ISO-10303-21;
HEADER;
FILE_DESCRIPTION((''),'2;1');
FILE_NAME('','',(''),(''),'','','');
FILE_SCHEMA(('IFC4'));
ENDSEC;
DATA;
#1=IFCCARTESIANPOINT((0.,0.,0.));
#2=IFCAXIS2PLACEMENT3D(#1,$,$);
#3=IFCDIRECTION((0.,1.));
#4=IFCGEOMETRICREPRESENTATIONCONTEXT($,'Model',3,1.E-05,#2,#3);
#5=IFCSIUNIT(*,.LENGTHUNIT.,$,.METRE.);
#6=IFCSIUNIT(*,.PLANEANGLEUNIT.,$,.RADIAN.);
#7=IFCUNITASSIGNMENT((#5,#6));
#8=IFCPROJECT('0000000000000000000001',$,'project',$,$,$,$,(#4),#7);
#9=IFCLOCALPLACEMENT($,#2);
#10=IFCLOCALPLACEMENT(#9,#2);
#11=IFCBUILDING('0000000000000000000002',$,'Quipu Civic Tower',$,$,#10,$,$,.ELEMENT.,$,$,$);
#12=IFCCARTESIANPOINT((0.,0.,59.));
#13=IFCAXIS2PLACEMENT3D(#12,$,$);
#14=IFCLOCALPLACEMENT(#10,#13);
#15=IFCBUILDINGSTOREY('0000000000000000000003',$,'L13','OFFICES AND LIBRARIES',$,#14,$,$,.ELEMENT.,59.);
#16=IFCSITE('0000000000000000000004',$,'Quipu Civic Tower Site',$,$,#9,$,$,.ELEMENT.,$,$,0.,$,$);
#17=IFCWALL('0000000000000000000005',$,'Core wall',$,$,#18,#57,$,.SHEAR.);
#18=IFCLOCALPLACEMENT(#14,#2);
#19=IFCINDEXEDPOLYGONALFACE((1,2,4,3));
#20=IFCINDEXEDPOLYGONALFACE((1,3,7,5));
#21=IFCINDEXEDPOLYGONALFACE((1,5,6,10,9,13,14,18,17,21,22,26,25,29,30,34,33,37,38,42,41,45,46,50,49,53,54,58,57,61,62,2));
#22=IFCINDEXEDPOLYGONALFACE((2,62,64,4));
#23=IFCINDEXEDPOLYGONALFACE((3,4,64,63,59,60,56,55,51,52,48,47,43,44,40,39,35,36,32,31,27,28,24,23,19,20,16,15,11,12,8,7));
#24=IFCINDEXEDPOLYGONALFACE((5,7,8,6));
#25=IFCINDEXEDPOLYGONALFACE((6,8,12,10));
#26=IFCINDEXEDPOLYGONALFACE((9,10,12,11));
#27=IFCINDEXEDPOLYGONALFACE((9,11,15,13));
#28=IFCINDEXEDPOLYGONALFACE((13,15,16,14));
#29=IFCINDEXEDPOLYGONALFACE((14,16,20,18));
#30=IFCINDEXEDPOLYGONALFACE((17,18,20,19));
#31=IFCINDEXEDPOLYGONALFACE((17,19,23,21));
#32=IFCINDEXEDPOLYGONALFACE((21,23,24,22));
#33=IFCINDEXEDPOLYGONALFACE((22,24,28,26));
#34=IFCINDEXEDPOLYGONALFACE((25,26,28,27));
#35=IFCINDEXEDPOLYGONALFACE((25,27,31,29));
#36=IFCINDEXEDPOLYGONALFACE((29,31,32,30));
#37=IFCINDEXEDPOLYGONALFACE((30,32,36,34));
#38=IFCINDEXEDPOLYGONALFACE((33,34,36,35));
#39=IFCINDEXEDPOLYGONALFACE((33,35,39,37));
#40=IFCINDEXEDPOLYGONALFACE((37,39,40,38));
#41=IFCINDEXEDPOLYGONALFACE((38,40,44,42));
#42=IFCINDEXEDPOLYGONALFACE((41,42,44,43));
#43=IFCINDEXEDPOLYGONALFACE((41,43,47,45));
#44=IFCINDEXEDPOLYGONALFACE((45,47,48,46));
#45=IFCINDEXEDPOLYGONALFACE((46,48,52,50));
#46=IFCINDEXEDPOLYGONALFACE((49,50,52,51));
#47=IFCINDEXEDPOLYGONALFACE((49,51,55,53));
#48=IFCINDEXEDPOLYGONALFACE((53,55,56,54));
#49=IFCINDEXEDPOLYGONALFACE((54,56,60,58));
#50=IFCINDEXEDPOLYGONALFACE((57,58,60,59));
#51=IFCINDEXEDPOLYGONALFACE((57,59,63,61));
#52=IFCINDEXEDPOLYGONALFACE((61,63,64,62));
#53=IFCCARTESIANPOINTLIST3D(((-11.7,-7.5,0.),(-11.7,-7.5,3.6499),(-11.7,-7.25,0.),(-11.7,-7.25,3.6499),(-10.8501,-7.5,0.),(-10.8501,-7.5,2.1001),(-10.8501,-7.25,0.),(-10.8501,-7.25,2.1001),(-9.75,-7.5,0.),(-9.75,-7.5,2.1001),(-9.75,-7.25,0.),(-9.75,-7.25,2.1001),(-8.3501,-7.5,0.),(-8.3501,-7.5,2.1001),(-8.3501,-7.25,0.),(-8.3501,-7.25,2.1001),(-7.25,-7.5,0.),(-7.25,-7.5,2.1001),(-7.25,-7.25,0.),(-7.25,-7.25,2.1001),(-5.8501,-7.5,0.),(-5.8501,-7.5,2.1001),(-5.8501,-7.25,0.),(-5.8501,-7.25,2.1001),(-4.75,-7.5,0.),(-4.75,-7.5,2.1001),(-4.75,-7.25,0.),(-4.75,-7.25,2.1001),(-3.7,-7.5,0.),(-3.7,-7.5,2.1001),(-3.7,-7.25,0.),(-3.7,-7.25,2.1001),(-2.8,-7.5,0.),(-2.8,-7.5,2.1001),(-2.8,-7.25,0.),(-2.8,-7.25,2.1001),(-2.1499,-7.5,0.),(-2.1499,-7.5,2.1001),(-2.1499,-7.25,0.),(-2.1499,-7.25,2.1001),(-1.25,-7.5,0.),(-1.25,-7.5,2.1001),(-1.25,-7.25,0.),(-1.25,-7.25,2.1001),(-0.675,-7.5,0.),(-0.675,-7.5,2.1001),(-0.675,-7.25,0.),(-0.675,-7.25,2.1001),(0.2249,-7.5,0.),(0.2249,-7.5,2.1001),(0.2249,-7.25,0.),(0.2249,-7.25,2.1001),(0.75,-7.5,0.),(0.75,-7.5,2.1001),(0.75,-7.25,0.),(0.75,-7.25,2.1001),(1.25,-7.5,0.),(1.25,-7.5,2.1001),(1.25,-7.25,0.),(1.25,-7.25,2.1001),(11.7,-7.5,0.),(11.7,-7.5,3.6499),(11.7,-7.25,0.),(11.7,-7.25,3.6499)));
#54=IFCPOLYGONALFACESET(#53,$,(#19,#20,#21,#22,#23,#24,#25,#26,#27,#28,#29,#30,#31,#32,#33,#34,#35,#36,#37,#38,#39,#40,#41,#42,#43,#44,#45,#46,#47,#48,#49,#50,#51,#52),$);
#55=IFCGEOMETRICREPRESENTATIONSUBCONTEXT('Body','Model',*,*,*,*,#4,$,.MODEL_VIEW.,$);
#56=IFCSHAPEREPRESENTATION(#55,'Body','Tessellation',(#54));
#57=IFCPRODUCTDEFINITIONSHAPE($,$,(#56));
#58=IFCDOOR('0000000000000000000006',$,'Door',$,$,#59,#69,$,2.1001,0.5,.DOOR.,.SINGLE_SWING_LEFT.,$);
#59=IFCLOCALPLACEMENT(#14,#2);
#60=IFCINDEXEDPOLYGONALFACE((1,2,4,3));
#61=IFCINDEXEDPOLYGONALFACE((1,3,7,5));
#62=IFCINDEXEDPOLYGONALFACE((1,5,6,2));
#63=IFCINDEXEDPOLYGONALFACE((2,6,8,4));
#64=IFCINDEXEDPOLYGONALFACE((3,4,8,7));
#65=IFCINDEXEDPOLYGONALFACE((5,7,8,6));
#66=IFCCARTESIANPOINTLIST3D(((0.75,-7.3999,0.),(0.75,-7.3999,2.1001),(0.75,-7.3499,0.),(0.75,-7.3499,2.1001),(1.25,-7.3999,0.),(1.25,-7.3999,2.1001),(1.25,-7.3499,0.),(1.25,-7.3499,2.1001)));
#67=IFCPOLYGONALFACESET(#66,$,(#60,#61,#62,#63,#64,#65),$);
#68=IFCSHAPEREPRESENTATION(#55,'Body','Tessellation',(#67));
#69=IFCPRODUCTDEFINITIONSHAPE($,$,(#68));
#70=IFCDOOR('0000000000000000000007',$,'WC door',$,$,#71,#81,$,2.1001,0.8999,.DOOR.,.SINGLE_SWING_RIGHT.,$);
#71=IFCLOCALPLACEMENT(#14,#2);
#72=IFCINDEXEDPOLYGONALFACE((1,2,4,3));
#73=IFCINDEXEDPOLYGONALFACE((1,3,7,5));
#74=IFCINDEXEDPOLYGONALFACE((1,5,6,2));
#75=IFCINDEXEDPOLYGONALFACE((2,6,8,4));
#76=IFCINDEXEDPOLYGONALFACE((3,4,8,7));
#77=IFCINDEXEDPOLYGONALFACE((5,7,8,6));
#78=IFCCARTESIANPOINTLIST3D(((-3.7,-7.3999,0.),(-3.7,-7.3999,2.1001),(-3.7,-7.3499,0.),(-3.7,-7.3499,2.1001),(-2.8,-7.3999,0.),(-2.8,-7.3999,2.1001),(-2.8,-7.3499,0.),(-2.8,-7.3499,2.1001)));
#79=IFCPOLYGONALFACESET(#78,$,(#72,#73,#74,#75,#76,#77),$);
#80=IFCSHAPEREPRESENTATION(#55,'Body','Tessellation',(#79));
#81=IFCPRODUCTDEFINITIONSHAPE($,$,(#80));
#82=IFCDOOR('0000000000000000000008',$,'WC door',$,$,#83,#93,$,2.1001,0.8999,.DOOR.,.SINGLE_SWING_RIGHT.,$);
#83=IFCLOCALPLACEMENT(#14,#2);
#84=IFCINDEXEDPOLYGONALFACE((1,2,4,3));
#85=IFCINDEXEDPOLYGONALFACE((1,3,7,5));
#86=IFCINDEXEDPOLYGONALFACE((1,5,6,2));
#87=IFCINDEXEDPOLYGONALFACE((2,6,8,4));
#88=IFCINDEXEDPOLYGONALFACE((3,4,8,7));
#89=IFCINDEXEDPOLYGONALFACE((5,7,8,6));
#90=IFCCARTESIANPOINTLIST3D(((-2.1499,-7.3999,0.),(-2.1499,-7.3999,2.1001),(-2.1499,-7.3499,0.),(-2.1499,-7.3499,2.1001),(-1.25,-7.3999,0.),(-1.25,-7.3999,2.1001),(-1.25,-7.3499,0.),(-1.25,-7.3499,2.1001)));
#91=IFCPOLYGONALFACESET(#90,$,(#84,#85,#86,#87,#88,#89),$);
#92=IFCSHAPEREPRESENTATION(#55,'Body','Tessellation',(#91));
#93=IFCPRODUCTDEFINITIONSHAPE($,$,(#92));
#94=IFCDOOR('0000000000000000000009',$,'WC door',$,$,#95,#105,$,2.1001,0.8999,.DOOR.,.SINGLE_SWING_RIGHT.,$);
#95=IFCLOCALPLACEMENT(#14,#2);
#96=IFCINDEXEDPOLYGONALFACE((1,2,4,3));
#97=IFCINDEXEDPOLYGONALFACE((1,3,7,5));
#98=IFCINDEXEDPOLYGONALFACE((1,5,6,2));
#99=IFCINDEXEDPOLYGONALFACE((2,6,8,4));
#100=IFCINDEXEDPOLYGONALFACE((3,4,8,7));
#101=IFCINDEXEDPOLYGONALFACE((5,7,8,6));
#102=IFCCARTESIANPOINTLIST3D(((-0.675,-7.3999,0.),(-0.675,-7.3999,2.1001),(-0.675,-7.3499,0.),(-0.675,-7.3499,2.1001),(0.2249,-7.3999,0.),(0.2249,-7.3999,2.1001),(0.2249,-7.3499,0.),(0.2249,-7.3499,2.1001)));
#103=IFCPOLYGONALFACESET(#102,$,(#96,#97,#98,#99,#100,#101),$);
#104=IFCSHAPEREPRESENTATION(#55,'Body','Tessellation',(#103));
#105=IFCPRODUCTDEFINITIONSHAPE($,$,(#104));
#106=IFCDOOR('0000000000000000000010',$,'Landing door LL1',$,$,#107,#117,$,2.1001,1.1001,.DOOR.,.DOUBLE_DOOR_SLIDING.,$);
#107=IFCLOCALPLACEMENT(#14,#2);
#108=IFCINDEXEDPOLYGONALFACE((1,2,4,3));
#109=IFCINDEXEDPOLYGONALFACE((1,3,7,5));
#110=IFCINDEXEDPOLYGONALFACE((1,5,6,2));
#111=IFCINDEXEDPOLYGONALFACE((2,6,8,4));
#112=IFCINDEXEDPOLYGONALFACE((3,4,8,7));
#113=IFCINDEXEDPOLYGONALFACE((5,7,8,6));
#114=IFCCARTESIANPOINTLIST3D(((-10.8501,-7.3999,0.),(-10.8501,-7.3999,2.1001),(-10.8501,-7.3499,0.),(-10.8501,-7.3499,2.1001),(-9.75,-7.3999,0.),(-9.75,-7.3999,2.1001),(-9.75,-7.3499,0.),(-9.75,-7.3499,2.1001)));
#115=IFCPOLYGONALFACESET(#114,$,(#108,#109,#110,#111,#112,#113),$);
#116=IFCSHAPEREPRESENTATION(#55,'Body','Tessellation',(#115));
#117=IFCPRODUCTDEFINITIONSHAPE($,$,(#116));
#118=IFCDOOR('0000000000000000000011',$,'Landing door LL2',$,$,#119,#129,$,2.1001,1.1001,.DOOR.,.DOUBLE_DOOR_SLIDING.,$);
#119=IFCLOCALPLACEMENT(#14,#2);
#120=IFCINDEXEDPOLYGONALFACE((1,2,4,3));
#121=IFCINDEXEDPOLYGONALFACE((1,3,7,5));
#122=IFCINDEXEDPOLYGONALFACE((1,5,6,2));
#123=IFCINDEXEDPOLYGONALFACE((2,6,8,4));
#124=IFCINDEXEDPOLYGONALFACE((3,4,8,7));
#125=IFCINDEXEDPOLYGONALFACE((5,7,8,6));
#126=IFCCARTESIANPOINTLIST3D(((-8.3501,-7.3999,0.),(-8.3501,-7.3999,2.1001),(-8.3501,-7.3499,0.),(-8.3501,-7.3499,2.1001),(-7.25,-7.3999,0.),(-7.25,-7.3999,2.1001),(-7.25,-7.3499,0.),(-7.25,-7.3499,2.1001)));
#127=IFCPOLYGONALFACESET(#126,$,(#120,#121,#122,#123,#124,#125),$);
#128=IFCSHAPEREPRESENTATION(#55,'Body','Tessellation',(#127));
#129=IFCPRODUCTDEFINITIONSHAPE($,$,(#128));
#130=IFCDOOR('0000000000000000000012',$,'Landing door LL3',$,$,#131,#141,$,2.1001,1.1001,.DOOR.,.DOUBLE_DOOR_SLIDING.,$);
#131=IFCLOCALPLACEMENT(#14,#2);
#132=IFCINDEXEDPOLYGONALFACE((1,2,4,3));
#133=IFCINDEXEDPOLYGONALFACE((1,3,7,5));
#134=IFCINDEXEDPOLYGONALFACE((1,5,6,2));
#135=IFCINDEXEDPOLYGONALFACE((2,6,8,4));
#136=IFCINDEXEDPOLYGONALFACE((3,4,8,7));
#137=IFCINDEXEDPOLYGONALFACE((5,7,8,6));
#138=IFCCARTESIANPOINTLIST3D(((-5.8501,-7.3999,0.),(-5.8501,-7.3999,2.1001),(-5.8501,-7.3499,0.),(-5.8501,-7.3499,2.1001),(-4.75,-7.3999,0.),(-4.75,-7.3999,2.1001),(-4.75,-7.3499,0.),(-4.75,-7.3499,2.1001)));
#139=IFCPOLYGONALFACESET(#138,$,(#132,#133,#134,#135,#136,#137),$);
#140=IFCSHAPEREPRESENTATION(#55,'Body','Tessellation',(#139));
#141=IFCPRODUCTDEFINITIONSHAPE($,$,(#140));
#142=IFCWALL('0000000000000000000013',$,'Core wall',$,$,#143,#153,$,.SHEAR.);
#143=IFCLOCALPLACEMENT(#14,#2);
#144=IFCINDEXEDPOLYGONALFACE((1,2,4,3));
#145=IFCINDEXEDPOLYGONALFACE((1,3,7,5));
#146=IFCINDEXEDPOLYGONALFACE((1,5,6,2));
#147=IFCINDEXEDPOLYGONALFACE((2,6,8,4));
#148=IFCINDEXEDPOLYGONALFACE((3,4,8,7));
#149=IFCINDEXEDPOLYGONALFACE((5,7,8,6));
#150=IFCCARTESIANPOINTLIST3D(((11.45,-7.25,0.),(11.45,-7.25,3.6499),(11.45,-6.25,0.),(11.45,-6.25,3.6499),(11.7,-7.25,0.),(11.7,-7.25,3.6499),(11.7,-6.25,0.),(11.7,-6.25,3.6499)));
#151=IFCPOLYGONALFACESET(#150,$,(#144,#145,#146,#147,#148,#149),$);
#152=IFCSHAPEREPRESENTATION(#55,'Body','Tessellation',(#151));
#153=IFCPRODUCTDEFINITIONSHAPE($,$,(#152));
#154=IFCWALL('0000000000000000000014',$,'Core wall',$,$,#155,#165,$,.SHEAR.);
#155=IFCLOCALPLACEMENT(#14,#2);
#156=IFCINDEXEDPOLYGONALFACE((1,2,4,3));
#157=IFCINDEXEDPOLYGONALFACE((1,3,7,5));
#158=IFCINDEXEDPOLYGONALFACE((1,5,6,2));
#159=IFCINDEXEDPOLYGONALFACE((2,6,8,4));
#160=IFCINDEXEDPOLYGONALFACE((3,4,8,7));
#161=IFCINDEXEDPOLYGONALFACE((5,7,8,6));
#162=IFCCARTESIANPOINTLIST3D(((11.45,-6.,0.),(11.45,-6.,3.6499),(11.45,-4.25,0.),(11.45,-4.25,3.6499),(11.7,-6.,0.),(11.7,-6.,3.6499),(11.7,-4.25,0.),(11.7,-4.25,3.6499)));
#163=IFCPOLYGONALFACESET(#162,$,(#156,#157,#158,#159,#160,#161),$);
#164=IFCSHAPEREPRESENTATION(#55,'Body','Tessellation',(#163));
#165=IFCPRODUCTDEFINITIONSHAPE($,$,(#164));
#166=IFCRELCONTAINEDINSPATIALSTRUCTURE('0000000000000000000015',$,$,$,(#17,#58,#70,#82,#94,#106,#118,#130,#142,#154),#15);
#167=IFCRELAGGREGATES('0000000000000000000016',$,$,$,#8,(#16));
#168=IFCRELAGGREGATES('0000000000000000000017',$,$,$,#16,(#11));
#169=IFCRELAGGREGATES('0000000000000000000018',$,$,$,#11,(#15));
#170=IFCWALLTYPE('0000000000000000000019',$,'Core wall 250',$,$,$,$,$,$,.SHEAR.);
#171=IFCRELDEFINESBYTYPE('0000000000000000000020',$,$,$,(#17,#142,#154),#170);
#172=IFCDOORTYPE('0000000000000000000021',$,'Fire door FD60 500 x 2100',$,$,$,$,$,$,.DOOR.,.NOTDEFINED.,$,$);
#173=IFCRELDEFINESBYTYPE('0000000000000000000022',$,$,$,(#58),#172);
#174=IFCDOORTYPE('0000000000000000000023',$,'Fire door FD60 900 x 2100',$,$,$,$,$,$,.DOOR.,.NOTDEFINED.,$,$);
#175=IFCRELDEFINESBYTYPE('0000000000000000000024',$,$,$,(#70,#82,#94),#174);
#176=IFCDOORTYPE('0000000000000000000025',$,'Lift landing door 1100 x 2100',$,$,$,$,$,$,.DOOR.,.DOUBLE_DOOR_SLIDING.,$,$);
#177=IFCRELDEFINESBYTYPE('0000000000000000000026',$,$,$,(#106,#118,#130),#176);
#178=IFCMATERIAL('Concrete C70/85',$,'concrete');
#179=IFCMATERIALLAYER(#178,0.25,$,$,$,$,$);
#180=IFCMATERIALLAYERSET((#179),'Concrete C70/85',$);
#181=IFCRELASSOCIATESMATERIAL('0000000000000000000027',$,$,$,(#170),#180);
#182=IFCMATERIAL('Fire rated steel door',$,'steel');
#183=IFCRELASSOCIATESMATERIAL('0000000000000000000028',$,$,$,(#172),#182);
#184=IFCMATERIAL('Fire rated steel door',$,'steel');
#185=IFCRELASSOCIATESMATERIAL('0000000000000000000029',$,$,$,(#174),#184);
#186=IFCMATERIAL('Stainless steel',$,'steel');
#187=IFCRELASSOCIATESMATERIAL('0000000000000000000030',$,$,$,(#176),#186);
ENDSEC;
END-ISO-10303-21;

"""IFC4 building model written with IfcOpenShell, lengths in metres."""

from ifc_helpers import new_model, si_unit, direction, frame, frame_2d, origin, place, context, subcontext, project, spatial, rectangle, extrude, material, layer, layer_set, type_object, element, fill, save


model = new_model("IFC4")

# Units and contexts
model_context = context("Model", 3, precision=1e-05, world=origin(), true_north=direction((0.0, 1.0)))
body_context = subcontext(model_context, "Body", "Model", "MODEL_VIEW")
ifc_project = project(units=[si_unit("LENGTHUNIT", "METRE"), si_unit("PLANEANGLEUNIT", "RADIAN")], contexts=[model_context])

# Site, building, storey
site_placement = place(None, origin())
site = spatial("IfcSite", under=ifc_project, at=site_placement, Name="Quipu Civic Tower Site", CompositionType="ELEMENT", RefElevation=0.0)
building_placement = place(site_placement, origin())
building = spatial("IfcBuilding", under=site, at=building_placement, Name="Quipu Civic Tower", CompositionType="ELEMENT")
storey_placement = place(building_placement, frame((0.0, 0.0, 59.0)))
storey = spatial("IfcBuildingStorey", under=building, at=storey_placement, Name="L13", Description="OFFICES AND LIBRARIES", CompositionType="ELEMENT", Elevation=59.0)

# Shared definitions
ifc_material_1 = material(Name="Concrete C70/85", Category="concrete")
ifc_layer_1 = layer(ifc_material_1, 0.25)
ifc_layer_set_1 = layer_set([ifc_layer_1], Name="Concrete C70/85")
wall_type_1 = type_object("IfcWallType", Name="Core wall 250", PredefinedType="SHEAR", material=ifc_layer_set_1)

# Wall, openings, doors
wall_1_placement = place(storey_placement, frame((11.7, -7.375, 0.0), z_axis=(0.0, 0.0, 1.0), x_axis=(-1.0, 0.0, 0.0)))
wall_1 = element("IfcWall", 1, at=wall_1_placement, inside=storey, type_object=wall_type_1, Name="Core wall", PredefinedType="SHEAR", context=body_context, shape_type="SweptSolid", body=[
    extrude(rectangle(XDim=23.3999, YDim=0.25, at=frame_2d((11.7, 0.0))), origin(), (0.0, 0.0, 1.0), 3.6499),
])
opening_1_placement = place(wall_1_placement, frame((21.45, 0.0, 0.0)))
opening_1 = element("IfcOpeningElement", 2, at=opening_1_placement, cuts=wall_1, PredefinedType="OPENING", context=body_context, shape_type="SweptSolid", body=[
    extrude(rectangle(XDim=1.1001, YDim=2.1001, at=frame_2d((0.55, 1.05))), frame((0.0, 0.135, 0.0), z_axis=(0.0, -1.0, 0.0), x_axis=(1.0, 0.0, 0.0)), (0.0, 0.0, 1.0), 0.27),
])
opening_2_placement = place(wall_1_placement, frame((18.95, 0.0, 0.0)))
opening_2 = element("IfcOpeningElement", 3, at=opening_2_placement, cuts=wall_1, PredefinedType="OPENING", context=body_context, shape_type="SweptSolid", body=[
    extrude(rectangle(XDim=1.1001, YDim=2.1001, at=frame_2d((0.55, 1.05))), frame((0.0, 0.135, 0.0), z_axis=(0.0, -1.0, 0.0), x_axis=(1.0, 0.0, 0.0)), (0.0, 0.0, 1.0), 0.27),
])
opening_3_placement = place(wall_1_placement, frame((16.45, 0.0, 0.0)))
opening_3 = element("IfcOpeningElement", 4, at=opening_3_placement, cuts=wall_1, PredefinedType="OPENING", context=body_context, shape_type="SweptSolid", body=[
    extrude(rectangle(XDim=1.1001, YDim=2.1001, at=frame_2d((0.55, 1.05))), frame((0.0, 0.135, 0.0), z_axis=(0.0, -1.0, 0.0), x_axis=(1.0, 0.0, 0.0)), (0.0, 0.0, 1.0), 0.27),
])
opening_4_placement = place(wall_1_placement, frame((14.5, 0.0, 0.0)))
opening_4 = element("IfcOpeningElement", 5, at=opening_4_placement, cuts=wall_1, PredefinedType="OPENING", context=body_context, shape_type="SweptSolid", body=[
    extrude(rectangle(XDim=0.8999, YDim=2.1001, at=frame_2d((0.45, 1.05))), frame((0.0, 0.135, 0.0), z_axis=(0.0, -1.0, 0.0), x_axis=(1.0, 0.0, 0.0)), (0.0, 0.0, 1.0), 0.27),
])
opening_5_placement = place(wall_1_placement, frame((12.95, 0.0, 0.0)))
opening_5 = element("IfcOpeningElement", 6, at=opening_5_placement, cuts=wall_1, PredefinedType="OPENING", context=body_context, shape_type="SweptSolid", body=[
    extrude(rectangle(XDim=0.8999, YDim=2.1001, at=frame_2d((0.45, 1.05))), frame((0.0, 0.135, 0.0), z_axis=(0.0, -1.0, 0.0), x_axis=(1.0, 0.0, 0.0)), (0.0, 0.0, 1.0), 0.27),
])
opening_6_placement = place(wall_1_placement, frame((11.4751, 0.0, 0.0)))
opening_6 = element("IfcOpeningElement", 7, at=opening_6_placement, cuts=wall_1, PredefinedType="OPENING", context=body_context, shape_type="SweptSolid", body=[
    extrude(rectangle(XDim=0.8999, YDim=2.1001, at=frame_2d((0.45, 1.05))), frame((0.0, 0.135, 0.0), z_axis=(0.0, -1.0, 0.0), x_axis=(1.0, 0.0, 0.0)), (0.0, 0.0, 1.0), 0.27),
])
opening_7_placement = place(wall_1_placement, frame((10.45, 0.0, 0.0)))
opening_7 = element("IfcOpeningElement", 8, at=opening_7_placement, cuts=wall_1, PredefinedType="OPENING", context=body_context, shape_type="SweptSolid", body=[
    extrude(rectangle(XDim=0.5, YDim=2.1001, at=frame_2d((0.25, 1.05))), frame((0.0, 0.135, 0.0), z_axis=(0.0, -1.0, 0.0), x_axis=(1.0, 0.0, 0.0)), (0.0, 0.0, 1.0), 0.27),
])
ifc_material_2 = material(Name="Fire rated steel door", Category="steel")
door_type_1 = type_object("IfcDoorType", Name="Fire door FD60 500 x 2100", OperationType="NOTDEFINED", PredefinedType="DOOR", material=ifc_material_2)
door_1_placement = place(opening_7_placement, origin())
door_1 = element("IfcDoor", 9, at=door_1_placement, inside=storey, type_object=door_type_1, Name="Door", OperationType="SINGLE_SWING_LEFT", OverallHeight=2.1001, OverallWidth=0.5, PredefinedType="DOOR", context=body_context, shape_type="SweptSolid", body=[
    extrude(rectangle(XDim=0.5, YDim=2.1001, at=frame_2d((0.25, 1.05))), frame((0.0, 0.0249, 0.0), z_axis=(0.0, -1.0, 0.0), x_axis=(1.0, 0.0, 0.0)), (0.0, 0.0, 1.0), 0.05),
])
fill(opening_7, door_1)
ifc_material_3 = material(Name="Fire rated steel door", Category="steel")
door_type_2 = type_object("IfcDoorType", Name="Fire door FD60 900 x 2100", OperationType="NOTDEFINED", PredefinedType="DOOR", material=ifc_material_3)
door_2_placement = place(opening_4_placement, origin())
door_2 = element("IfcDoor", 10, at=door_2_placement, inside=storey, type_object=door_type_2, Name="WC door", OperationType="SINGLE_SWING_RIGHT", OverallHeight=2.1001, OverallWidth=0.8999, PredefinedType="DOOR", context=body_context, shape_type="SweptSolid", body=[
    extrude(rectangle(XDim=0.8999, YDim=2.1001, at=frame_2d((0.45, 1.05))), frame((0.0, 0.0249, 0.0), z_axis=(0.0, -1.0, 0.0), x_axis=(1.0, 0.0, 0.0)), (0.0, 0.0, 1.0), 0.05),
])
fill(opening_4, door_2)
door_3_placement = place(opening_5_placement, origin())
door_3 = element("IfcDoor", 11, at=door_3_placement, inside=storey, type_object=door_type_2, Name="WC door", OperationType="SINGLE_SWING_RIGHT", OverallHeight=2.1001, OverallWidth=0.8999, PredefinedType="DOOR", context=body_context, shape_type="SweptSolid", body=[
    extrude(rectangle(XDim=0.8999, YDim=2.1001, at=frame_2d((0.45, 1.05))), frame((0.0, 0.0249, 0.0), z_axis=(0.0, -1.0, 0.0), x_axis=(1.0, 0.0, 0.0)), (0.0, 0.0, 1.0), 0.05),
])
fill(opening_5, door_3)
door_4_placement = place(opening_6_placement, origin())
door_4 = element("IfcDoor", 12, at=door_4_placement, inside=storey, type_object=door_type_2, Name="WC door", OperationType="SINGLE_SWING_RIGHT", OverallHeight=2.1001, OverallWidth=0.8999, PredefinedType="DOOR", context=body_context, shape_type="SweptSolid", body=[
    extrude(rectangle(XDim=0.8999, YDim=2.1001, at=frame_2d((0.45, 1.05))), frame((0.0, 0.0249, 0.0), z_axis=(0.0, -1.0, 0.0), x_axis=(1.0, 0.0, 0.0)), (0.0, 0.0, 1.0), 0.05),
])
fill(opening_6, door_4)
ifc_material_4 = material(Name="Stainless steel", Category="steel")
door_type_3 = type_object("IfcDoorType", Name="Lift landing door 1100 x 2100", OperationType="DOUBLE_DOOR_SLIDING", PredefinedType="DOOR", material=ifc_material_4)
door_5_placement = place(opening_1_placement, origin())
door_5 = element("IfcDoor", 13, at=door_5_placement, inside=storey, type_object=door_type_3, Name="Landing door LL1", OperationType="DOUBLE_DOOR_SLIDING", OverallHeight=2.1001, OverallWidth=1.1001, PredefinedType="DOOR", context=body_context, shape_type="SweptSolid", body=[
    extrude(rectangle(XDim=1.1001, YDim=2.1001, at=frame_2d((0.55, 1.05))), frame((0.0, 0.0249, 0.0), z_axis=(0.0, -1.0, 0.0), x_axis=(1.0, 0.0, 0.0)), (0.0, 0.0, 1.0), 0.05),
])
fill(opening_1, door_5)
door_6_placement = place(opening_2_placement, origin())
door_6 = element("IfcDoor", 14, at=door_6_placement, inside=storey, type_object=door_type_3, Name="Landing door LL2", OperationType="DOUBLE_DOOR_SLIDING", OverallHeight=2.1001, OverallWidth=1.1001, PredefinedType="DOOR", context=body_context, shape_type="SweptSolid", body=[
    extrude(rectangle(XDim=1.1001, YDim=2.1001, at=frame_2d((0.55, 1.05))), frame((0.0, 0.0249, 0.0), z_axis=(0.0, -1.0, 0.0), x_axis=(1.0, 0.0, 0.0)), (0.0, 0.0, 1.0), 0.05),
])
fill(opening_2, door_6)
door_7_placement = place(opening_3_placement, origin())
door_7 = element("IfcDoor", 15, at=door_7_placement, inside=storey, type_object=door_type_3, Name="Landing door LL3", OperationType="DOUBLE_DOOR_SLIDING", OverallHeight=2.1001, OverallWidth=1.1001, PredefinedType="DOOR", context=body_context, shape_type="SweptSolid", body=[
    extrude(rectangle(XDim=1.1001, YDim=2.1001, at=frame_2d((0.55, 1.05))), frame((0.0, 0.0249, 0.0), z_axis=(0.0, -1.0, 0.0), x_axis=(1.0, 0.0, 0.0)), (0.0, 0.0, 1.0), 0.05),
])
fill(opening_3, door_7)

# Walls
wall_2_placement = place(storey_placement, frame((11.575, -7.25, 0.0), z_axis=(0.0, 0.0, 1.0), x_axis=(0.0, 1.0, 0.0)))
element("IfcWall", 16, at=wall_2_placement, inside=storey, type_object=wall_type_1, Name="Core wall", PredefinedType="SHEAR", context=body_context, shape_type="SweptSolid", body=[
    extrude(rectangle(XDim=1.0, YDim=0.25, at=frame_2d((0.5, 0.0))), origin(), (0.0, 0.0, 1.0), 3.6499),
])
wall_3_placement = place(storey_placement, frame((11.575, -6.0, 0.0), z_axis=(0.0, 0.0, 1.0), x_axis=(0.0, 1.0, 0.0)))
element("IfcWall", 17, at=wall_3_placement, inside=storey, type_object=wall_type_1, Name="Core wall", PredefinedType="SHEAR", context=body_context, shape_type="SweptSolid", body=[
    extrude(rectangle(XDim=1.75, YDim=0.25, at=frame_2d((0.875, 0.0))), origin(), (0.0, 0.0, 1.0), 3.6499),
])

save(model, "model.ifc")
